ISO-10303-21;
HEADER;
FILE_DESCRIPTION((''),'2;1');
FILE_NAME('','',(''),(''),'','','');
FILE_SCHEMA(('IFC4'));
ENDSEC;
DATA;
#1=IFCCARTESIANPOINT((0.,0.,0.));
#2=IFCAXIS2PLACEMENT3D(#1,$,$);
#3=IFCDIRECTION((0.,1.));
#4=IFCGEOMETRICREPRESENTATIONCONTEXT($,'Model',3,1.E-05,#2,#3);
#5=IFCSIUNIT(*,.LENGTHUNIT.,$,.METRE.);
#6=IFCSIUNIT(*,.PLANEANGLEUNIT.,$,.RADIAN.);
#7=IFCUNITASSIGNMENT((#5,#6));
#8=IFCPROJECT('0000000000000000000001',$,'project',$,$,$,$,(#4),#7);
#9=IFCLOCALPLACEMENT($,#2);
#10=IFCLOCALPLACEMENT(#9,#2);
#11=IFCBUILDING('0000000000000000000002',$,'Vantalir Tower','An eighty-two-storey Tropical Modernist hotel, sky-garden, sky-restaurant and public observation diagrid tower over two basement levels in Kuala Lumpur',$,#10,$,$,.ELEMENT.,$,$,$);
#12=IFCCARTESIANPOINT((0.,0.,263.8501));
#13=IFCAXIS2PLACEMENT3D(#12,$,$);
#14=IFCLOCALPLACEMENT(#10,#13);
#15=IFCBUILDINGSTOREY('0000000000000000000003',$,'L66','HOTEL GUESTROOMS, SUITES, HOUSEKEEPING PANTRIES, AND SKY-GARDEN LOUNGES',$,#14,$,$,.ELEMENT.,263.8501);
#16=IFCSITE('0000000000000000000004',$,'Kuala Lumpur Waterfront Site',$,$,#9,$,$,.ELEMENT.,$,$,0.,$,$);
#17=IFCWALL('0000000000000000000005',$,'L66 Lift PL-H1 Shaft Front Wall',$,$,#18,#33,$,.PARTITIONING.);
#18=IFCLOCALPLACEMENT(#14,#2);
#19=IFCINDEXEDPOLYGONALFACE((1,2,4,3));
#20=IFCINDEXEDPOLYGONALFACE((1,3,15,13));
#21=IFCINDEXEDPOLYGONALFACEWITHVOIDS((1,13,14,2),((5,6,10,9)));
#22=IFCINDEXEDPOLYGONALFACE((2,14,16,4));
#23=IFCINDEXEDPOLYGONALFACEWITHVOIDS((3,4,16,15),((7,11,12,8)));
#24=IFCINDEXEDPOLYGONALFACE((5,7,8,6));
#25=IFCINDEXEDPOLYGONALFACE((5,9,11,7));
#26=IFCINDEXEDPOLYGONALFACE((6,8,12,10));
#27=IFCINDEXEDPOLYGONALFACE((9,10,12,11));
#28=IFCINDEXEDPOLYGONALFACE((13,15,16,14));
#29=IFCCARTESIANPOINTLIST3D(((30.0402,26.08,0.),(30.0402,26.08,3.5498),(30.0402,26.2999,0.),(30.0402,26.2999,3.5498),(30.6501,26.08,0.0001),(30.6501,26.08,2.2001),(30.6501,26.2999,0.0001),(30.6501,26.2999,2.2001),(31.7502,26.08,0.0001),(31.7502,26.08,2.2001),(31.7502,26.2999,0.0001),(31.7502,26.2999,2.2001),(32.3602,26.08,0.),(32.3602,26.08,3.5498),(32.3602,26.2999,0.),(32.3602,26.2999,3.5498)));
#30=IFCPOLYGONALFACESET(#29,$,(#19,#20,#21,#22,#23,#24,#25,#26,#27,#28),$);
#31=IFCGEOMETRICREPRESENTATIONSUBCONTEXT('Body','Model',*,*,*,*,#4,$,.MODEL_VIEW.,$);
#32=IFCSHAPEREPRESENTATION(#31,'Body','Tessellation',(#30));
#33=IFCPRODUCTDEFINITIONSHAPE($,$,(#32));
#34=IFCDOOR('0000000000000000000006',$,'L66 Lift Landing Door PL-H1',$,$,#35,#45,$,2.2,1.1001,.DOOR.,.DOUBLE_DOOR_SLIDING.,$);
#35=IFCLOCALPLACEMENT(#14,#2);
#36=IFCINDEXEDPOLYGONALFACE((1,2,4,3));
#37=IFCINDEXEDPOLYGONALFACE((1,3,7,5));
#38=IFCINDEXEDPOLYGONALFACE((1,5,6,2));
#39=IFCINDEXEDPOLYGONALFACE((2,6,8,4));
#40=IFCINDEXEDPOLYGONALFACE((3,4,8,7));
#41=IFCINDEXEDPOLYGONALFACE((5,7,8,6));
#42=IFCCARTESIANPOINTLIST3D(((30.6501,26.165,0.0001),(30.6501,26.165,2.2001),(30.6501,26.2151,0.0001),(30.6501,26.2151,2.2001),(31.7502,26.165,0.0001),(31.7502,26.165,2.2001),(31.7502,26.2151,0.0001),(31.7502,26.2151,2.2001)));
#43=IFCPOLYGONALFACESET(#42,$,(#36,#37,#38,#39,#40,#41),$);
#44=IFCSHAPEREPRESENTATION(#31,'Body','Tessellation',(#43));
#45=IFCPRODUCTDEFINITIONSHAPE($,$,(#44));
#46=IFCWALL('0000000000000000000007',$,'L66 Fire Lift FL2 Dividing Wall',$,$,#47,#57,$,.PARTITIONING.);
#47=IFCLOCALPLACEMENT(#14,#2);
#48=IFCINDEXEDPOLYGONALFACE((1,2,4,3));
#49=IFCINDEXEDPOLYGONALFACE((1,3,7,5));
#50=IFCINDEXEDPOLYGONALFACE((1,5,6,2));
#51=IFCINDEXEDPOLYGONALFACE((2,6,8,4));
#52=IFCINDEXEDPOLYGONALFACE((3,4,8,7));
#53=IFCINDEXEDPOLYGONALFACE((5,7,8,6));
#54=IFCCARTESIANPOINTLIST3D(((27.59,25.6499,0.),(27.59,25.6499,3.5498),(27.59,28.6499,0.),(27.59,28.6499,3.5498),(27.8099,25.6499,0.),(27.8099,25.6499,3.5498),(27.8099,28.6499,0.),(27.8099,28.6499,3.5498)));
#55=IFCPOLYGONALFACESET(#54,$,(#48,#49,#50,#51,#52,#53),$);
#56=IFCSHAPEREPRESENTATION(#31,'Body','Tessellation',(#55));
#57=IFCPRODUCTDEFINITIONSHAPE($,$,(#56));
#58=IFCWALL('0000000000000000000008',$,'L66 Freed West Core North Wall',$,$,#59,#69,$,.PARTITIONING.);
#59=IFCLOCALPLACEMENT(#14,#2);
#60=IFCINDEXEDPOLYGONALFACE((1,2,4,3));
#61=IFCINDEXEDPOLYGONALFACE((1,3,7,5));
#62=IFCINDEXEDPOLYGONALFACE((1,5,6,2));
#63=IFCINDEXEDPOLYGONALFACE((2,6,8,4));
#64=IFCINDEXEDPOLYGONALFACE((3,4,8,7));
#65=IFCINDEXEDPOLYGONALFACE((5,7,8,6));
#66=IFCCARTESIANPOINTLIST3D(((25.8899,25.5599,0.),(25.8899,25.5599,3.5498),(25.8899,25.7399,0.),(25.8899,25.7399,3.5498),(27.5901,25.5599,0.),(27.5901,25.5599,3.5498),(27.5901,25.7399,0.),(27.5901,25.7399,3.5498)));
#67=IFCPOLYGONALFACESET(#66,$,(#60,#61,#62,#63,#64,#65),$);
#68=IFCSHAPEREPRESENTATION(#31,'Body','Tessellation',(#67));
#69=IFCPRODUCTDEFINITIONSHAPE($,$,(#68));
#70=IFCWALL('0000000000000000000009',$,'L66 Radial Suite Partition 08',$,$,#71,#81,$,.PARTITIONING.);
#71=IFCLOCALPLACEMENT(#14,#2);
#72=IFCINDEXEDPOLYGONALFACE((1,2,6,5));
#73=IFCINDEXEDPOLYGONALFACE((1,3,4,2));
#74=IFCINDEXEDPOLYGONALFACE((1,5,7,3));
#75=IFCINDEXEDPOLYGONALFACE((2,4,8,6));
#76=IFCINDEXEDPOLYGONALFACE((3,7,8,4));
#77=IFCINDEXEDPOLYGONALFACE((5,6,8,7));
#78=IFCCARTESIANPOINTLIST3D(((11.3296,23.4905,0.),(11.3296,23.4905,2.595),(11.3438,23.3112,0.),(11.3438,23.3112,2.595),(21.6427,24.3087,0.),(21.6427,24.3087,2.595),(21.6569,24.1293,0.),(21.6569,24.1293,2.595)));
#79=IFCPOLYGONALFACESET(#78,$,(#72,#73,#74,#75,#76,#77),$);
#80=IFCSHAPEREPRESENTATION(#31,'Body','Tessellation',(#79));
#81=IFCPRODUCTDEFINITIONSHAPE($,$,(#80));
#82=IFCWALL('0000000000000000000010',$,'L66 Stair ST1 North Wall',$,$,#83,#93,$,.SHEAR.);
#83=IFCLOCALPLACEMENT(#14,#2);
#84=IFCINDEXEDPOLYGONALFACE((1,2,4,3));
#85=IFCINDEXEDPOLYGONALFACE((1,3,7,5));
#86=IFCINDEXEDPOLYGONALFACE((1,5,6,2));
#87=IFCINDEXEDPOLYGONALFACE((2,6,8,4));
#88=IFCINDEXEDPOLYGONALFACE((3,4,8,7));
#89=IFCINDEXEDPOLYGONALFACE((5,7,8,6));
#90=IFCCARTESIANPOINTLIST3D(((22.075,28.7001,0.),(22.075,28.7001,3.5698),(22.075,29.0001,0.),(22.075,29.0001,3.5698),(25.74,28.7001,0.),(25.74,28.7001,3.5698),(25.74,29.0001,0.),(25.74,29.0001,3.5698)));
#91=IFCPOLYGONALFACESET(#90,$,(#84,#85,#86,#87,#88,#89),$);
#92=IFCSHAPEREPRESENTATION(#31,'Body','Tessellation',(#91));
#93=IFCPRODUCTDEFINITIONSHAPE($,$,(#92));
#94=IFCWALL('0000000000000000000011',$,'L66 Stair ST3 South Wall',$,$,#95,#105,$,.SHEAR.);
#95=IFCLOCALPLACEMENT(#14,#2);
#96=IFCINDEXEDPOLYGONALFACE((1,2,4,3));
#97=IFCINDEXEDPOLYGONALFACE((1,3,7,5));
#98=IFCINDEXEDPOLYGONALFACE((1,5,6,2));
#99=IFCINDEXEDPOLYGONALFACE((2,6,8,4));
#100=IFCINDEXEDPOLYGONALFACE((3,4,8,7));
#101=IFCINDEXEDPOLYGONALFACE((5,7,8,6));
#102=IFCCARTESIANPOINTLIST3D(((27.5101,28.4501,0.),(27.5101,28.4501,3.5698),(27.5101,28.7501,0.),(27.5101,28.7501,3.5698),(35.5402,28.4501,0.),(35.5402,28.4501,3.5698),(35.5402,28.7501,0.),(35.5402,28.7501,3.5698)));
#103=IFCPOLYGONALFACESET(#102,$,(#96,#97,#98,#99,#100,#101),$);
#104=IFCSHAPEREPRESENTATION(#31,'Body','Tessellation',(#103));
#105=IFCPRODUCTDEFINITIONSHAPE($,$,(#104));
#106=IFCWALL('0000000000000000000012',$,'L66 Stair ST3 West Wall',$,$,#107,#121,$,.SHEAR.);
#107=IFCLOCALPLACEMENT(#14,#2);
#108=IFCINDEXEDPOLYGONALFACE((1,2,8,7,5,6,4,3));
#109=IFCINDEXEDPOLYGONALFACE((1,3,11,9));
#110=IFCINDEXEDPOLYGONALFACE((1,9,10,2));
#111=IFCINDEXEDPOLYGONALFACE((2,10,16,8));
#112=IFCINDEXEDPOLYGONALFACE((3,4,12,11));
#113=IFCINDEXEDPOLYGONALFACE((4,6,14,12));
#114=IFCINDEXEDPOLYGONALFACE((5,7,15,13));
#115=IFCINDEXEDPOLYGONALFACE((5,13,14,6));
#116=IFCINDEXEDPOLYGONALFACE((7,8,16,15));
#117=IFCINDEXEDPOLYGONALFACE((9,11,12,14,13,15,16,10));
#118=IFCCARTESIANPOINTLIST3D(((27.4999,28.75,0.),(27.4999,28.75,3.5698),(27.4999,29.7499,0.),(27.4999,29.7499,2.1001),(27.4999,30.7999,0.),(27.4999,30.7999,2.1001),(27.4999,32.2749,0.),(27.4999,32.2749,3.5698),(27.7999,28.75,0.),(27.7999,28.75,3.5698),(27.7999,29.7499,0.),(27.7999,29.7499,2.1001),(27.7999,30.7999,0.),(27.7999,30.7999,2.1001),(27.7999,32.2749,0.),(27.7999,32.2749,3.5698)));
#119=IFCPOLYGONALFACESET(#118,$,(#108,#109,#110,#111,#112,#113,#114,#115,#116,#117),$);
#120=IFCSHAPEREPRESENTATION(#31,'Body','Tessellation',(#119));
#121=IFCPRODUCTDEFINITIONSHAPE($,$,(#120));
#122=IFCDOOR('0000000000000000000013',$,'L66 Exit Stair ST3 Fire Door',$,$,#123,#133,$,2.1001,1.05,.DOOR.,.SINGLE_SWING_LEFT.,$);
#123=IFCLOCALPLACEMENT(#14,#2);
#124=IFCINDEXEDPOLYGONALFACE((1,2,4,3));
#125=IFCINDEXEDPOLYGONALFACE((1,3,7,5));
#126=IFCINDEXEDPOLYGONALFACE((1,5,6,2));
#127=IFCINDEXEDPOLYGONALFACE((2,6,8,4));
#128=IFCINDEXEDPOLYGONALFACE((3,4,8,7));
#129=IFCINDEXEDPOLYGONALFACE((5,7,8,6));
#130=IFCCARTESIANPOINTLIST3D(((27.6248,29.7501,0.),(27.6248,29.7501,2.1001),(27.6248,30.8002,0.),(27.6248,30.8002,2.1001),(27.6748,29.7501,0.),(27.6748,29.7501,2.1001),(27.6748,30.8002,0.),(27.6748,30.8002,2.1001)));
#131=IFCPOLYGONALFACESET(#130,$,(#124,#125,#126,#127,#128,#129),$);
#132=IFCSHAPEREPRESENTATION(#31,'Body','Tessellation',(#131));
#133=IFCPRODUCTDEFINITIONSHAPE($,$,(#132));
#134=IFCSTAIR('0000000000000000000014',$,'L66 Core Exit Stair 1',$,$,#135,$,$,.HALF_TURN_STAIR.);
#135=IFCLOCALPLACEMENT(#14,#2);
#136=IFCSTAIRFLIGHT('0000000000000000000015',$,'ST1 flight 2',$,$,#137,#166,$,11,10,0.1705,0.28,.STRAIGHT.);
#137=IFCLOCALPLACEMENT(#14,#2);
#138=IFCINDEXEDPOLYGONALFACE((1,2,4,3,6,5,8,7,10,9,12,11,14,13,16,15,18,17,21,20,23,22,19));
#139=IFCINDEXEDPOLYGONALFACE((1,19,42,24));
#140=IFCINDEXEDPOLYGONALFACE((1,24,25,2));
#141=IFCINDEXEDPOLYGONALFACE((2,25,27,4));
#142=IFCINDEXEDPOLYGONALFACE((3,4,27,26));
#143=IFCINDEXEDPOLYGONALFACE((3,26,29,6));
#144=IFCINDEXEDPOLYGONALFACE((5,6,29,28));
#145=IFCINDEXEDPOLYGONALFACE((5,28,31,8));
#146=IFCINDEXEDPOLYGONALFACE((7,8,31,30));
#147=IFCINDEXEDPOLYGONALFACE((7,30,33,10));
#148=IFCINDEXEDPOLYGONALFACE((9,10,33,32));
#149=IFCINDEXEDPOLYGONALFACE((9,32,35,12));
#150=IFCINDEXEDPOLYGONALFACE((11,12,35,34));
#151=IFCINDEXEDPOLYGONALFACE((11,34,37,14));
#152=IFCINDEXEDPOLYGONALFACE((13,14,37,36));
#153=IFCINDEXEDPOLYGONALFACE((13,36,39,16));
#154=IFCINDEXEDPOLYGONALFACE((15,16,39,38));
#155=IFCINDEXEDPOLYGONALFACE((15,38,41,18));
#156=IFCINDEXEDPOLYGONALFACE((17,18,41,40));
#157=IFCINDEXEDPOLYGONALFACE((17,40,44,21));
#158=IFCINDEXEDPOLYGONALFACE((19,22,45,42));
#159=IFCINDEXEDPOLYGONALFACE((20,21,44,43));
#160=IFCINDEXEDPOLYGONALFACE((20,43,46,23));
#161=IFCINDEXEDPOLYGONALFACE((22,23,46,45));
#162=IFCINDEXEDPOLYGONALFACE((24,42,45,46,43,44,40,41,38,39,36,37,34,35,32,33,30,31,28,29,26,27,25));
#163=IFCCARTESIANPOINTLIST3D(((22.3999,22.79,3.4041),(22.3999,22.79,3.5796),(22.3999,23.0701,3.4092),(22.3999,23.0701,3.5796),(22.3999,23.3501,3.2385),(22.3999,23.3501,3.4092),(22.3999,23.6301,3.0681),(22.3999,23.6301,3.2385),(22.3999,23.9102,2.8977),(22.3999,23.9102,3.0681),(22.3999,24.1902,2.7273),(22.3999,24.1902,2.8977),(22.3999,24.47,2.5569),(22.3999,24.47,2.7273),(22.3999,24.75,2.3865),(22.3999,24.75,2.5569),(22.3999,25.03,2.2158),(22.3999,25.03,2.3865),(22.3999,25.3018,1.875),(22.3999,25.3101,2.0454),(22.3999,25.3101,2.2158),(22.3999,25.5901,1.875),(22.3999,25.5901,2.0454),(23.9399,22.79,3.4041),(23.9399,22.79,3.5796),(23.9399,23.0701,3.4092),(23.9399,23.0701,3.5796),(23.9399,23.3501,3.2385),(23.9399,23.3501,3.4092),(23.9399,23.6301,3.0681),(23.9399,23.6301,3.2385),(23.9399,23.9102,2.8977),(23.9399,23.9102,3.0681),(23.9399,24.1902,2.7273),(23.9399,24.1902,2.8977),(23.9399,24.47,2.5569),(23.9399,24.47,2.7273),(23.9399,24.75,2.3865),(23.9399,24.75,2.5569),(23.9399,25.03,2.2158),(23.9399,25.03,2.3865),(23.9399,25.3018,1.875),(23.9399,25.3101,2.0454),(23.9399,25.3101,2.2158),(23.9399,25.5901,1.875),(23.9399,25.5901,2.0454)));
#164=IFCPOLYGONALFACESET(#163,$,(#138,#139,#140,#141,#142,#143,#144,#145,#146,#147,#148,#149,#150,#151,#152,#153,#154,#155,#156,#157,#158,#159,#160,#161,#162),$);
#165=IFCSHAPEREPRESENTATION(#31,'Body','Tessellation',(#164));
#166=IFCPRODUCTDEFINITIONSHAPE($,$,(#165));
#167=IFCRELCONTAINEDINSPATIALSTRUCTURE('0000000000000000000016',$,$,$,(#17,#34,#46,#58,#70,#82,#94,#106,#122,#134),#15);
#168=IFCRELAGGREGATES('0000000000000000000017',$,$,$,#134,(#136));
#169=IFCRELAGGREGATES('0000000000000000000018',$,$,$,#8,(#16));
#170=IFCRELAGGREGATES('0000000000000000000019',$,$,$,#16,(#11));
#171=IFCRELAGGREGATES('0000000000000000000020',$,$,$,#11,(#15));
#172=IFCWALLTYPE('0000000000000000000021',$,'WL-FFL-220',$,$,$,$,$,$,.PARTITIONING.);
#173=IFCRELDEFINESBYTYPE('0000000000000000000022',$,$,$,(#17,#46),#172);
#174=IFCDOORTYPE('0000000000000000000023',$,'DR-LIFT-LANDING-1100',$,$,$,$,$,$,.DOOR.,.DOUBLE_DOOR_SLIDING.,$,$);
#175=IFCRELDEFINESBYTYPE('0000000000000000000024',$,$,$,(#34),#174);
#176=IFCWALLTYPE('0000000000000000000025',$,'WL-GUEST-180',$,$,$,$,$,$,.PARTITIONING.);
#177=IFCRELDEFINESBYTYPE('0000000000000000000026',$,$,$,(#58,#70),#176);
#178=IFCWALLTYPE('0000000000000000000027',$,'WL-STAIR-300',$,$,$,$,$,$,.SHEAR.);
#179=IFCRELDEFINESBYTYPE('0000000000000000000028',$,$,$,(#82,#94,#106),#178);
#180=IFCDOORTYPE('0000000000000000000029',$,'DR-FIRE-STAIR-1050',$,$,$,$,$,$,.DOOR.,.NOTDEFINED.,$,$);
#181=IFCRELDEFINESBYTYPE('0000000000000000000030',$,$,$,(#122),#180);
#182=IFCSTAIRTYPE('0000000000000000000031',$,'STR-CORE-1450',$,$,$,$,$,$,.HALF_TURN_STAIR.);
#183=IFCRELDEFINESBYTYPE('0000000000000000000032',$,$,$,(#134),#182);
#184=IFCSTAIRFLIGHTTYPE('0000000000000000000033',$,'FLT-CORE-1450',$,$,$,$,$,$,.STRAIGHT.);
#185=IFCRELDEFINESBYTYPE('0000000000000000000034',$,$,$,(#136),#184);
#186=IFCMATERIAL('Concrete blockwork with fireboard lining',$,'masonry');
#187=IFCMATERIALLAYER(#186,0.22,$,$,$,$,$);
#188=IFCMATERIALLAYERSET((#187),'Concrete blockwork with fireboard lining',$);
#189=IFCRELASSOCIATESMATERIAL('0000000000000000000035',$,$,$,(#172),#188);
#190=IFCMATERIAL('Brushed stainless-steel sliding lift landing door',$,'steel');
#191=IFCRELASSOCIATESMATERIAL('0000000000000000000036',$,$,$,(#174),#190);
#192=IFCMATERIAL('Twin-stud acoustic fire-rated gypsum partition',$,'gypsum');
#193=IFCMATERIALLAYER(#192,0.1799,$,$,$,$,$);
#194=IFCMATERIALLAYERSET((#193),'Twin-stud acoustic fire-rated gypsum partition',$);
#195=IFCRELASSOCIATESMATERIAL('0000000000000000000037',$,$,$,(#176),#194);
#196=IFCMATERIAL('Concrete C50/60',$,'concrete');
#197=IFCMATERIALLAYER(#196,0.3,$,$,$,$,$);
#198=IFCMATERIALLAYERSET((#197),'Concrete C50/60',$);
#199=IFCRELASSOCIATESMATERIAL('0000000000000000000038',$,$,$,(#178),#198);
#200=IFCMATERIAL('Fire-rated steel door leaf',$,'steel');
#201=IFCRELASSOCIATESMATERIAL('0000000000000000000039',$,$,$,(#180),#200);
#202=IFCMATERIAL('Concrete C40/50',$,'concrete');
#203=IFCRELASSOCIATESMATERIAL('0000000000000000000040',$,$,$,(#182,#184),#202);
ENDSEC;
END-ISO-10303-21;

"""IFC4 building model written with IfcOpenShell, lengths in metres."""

from ifc_helpers import new_model, si_unit, direction, frame, frame_2d, origin, place, context, subcontext, project, spatial, polyline, rectangle, outline, extrude, material, layer, layer_set, type_object, element, fill, aggregate, save


model = new_model("IFC4")

# Units and contexts
model_context = context("Model", 3, precision=1e-05, world=origin(), true_north=direction((0.0, 1.0)))
body_context = subcontext(model_context, "Body", "Model", "MODEL_VIEW")
ifc_project = project(units=[si_unit("LENGTHUNIT", "METRE"), si_unit("PLANEANGLEUNIT", "RADIAN")], contexts=[model_context])

# Site, building, storey
site_placement = place(None, origin())
site = spatial("IfcSite", under=ifc_project, at=site_placement, Name="Kuala Lumpur Waterfront Site", CompositionType="ELEMENT", RefElevation=0.0)
building_placement = place(site_placement, origin())
building = spatial("IfcBuilding", under=site, at=building_placement, Name="Vantalir Tower", Description="An eighty-two-storey Tropical Modernist hotel, sky-garden, sky-restaurant and public observation diagrid tower over two basement levels in Kuala Lumpur", CompositionType="ELEMENT")
storey_placement = place(building_placement, frame((0.0, 0.0, 263.8501)))
storey = spatial("IfcBuildingStorey", under=building, at=storey_placement, Name="L66", Description="HOTEL GUESTROOMS, SUITES, HOUSEKEEPING PANTRIES, AND SKY-GARDEN LOUNGES", CompositionType="ELEMENT", Elevation=263.8501)

# Shared definitions
ifc_material_1 = material(Name="Concrete C50/60", Category="concrete")

# Shared definitions
ifc_material_2 = material(Name="Concrete blockwork with fireboard lining", Category="masonry")
ifc_layer_1 = layer(ifc_material_2, 0.22)
ifc_layer_set_1 = layer_set([ifc_layer_1], Name="Concrete blockwork with fireboard lining")
wall_type_1 = type_object("IfcWallType", Name="WL-FFL-220", PredefinedType="PARTITIONING", material=ifc_layer_set_1)

# Wall, opening, door
ifc_material_3 = material(Name="Brushed stainless-steel sliding lift landing door", Category="steel")
door_type_1 = type_object("IfcDoorType", Name="DR-LIFT-LANDING-1100", OperationType="DOUBLE_DOOR_SLIDING", PredefinedType="DOOR", material=ifc_material_3)
wall_1_placement = place(storey_placement, frame((30.04, 26.1899, 0.0), z_axis=(0.0, 0.0, 1.0), x_axis=(1.0, 0.0, 0.0)))
wall_1 = element("IfcWall", 1, at=wall_1_placement, inside=storey, type_object=wall_type_1, Name="L66 Lift PL-H1 Shaft Front Wall", PredefinedType="PARTITIONING", context=body_context, shape_type="SweptSolid", body=[
    extrude(rectangle(XDim=2.3201, YDim=0.22, at=frame_2d((1.1602, 0.0))), origin(), (0.0, 0.0, 1.0), 3.5498),
])
opening_1_placement = place(wall_1_placement, frame((0.6101, 0.0, 0.0)))
opening_1 = element("IfcOpeningElement", 2, at=opening_1_placement, cuts=wall_1, PredefinedType="OPENING", context=body_context, shape_type="SweptSolid", body=[
    extrude(rectangle(XDim=1.1001, YDim=2.2, at=frame_2d((0.55, 1.1001))), frame((0.0, 0.1199, 0.0), z_axis=(0.0, -1.0, 0.0), x_axis=(1.0, 0.0, 0.0)), (0.0, 0.0, 1.0), 0.24),
])
door_1_placement = place(opening_1_placement, frame((1.1001, 0.0, 0.0), z_axis=(0.0, 0.0, 1.0), x_axis=(-1.0, 0.0, 0.0)))
door_1 = element("IfcDoor", 3, at=door_1_placement, inside=storey, type_object=door_type_1, Name="L66 Lift Landing Door PL-H1", OperationType="DOUBLE_DOOR_SLIDING", OverallHeight=2.2, OverallWidth=1.1001, PredefinedType="DOOR", context=body_context, shape_type="SweptSolid", body=[
    extrude(rectangle(XDim=1.1001, YDim=2.2, at=frame_2d((0.55, 1.1001))), frame((0.0, 0.0249, 0.0), z_axis=(0.0, -1.0, 0.0), x_axis=(1.0, 0.0, 0.0)), (0.0, 0.0, 1.0), 0.05),
])
fill(opening_1, door_1)

# Walls
wall_2_placement = place(storey_placement, frame((27.7, 25.6499, 0.0), z_axis=(0.0, 0.0, 1.0), x_axis=(0.0, 1.0, 0.0)))
element("IfcWall", 4, at=wall_2_placement, inside=storey, type_object=wall_type_1, Name="L66 Fire Lift FL2 Dividing Wall", PredefinedType="PARTITIONING", context=body_context, shape_type="SweptSolid", body=[
    extrude(rectangle(XDim=3.0, YDim=0.22, at=frame_2d((1.5, 0.0))), origin(), (0.0, 0.0, 1.0), 3.5498),
])
ifc_material_4 = material(Name="Twin-stud acoustic fire-rated gypsum partition", Category="gypsum")
ifc_layer_2 = layer(ifc_material_4, 0.1799)
ifc_layer_set_2 = layer_set([ifc_layer_2], Name="Twin-stud acoustic fire-rated gypsum partition")
wall_type_2 = type_object("IfcWallType", Name="WL-GUEST-180", PredefinedType="PARTITIONING", material=ifc_layer_set_2)
wall_3_placement = place(storey_placement, frame((25.8899, 25.6499, 0.0), z_axis=(0.0, 0.0, 1.0), x_axis=(1.0, 0.0, 0.0)))
element("IfcWall", 5, at=wall_3_placement, inside=storey, type_object=wall_type_2, Name="L66 Freed West Core North Wall", PredefinedType="PARTITIONING", context=body_context, shape_type="SweptSolid", body=[
    extrude(rectangle(XDim=1.7002, YDim=0.1799, at=frame_2d((0.8501, 0.0))), origin(), (0.0, 0.0, 1.0), 3.5498),
])
wall_4_placement = place(storey_placement, frame((21.6499, 24.219, 0.0), z_axis=(0.0, 0.0, 1.0), x_axis=(-0.996868, -0.07908, 0.0)))
element("IfcWall", 6, at=wall_4_placement, inside=storey, type_object=wall_type_2, Name="L66 Radial Suite Partition 08", PredefinedType="PARTITIONING", context=body_context, shape_type="SweptSolid", body=[
    extrude(rectangle(XDim=10.3455, YDim=0.1799, at=frame_2d((5.1729, 0.0))), origin(), (0.0, 0.0, 1.0), 2.595),
])
ifc_layer_3 = layer(ifc_material_1, 0.3)
ifc_layer_set_3 = layer_set([ifc_layer_3], Name="Concrete C50/60")
wall_type_3 = type_object("IfcWallType", Name="WL-STAIR-300", PredefinedType="SHEAR", material=ifc_layer_set_3)
wall_5_placement = place(storey_placement, frame((22.075, 28.8501, 0.0), z_axis=(0.0, 0.0, 1.0), x_axis=(1.0, 0.0, 0.0)))
element("IfcWall", 7, at=wall_5_placement, inside=storey, type_object=wall_type_3, Name="L66 Stair ST1 North Wall", PredefinedType="SHEAR", context=body_context, shape_type="SweptSolid", body=[
    extrude(rectangle(XDim=3.665, YDim=0.3, at=frame_2d((1.8325, 0.0))), origin(), (0.0, 0.0, 1.0), 3.5698),
])
wall_6_placement = place(storey_placement, frame((27.51, 28.6001, 0.0), z_axis=(0.0, 0.0, 1.0), x_axis=(1.0, 0.0, 0.0)))
element("IfcWall", 8, at=wall_6_placement, inside=storey, type_object=wall_type_3, Name="L66 Stair ST3 South Wall", PredefinedType="SHEAR", context=body_context, shape_type="SweptSolid", body=[
    extrude(rectangle(XDim=8.03, YDim=0.3, at=frame_2d((4.0151, 0.0))), origin(), (0.0, 0.0, 1.0), 3.5698),
])

# Wall, opening, door
wall_7_placement = place(storey_placement, frame((27.6499, 28.75, 0.0), z_axis=(0.0, 0.0, 1.0), x_axis=(0.0, 1.0, 0.0)))
wall_7 = element("IfcWall", 9, at=wall_7_placement, inside=storey, type_object=wall_type_3, Name="L66 Stair ST3 West Wall", PredefinedType="SHEAR", context=body_context, shape_type="SweptSolid", body=[
    extrude(rectangle(XDim=3.5249, YDim=0.3, at=frame_2d((1.7625, 0.0))), origin(), (0.0, 0.0, 1.0), 3.5698),
])
opening_2_placement = place(wall_7_placement, frame((1.0, 0.0, 0.0)))
opening_2 = element("IfcOpeningElement", 10, at=opening_2_placement, cuts=wall_7, PredefinedType="OPENING", context=body_context, shape_type="SweptSolid", body=[
    extrude(rectangle(XDim=1.05, YDim=2.1001, at=frame_2d((0.5249, 1.05))), frame((0.0, 0.1599, 0.0), z_axis=(0.0, -1.0, 0.0), x_axis=(1.0, 0.0, 0.0)), (0.0, 0.0, 1.0), 0.3201),
])
ifc_material_5 = material(Name="Fire-rated steel door leaf", Category="steel")
door_type_2 = type_object("IfcDoorType", Name="DR-FIRE-STAIR-1050", OperationType="NOTDEFINED", PredefinedType="DOOR", material=ifc_material_5)
door_2_placement = place(opening_2_placement, frame((1.05, 0.0, 0.0), z_axis=(0.0, 0.0, 1.0), x_axis=(-1.0, 0.0, 0.0)))
door_2 = element("IfcDoor", 11, at=door_2_placement, inside=storey, type_object=door_type_2, Name="L66 Exit Stair ST3 Fire Door", OperationType="SINGLE_SWING_LEFT", OverallHeight=2.1001, OverallWidth=1.05, PredefinedType="DOOR", context=body_context, shape_type="SweptSolid", body=[
    extrude(rectangle(XDim=1.05, YDim=2.1001, at=frame_2d((0.5249, 1.05))), frame((0.0, 0.0249, 0.0), z_axis=(0.0, -1.0, 0.0), x_axis=(1.0, 0.0, 0.0)), (0.0, 0.0, 1.0), 0.05),
])
fill(opening_2, door_2)

# Stair, stair flight
ifc_material_6 = material(Name="Concrete C40/50", Category="concrete")
stair_type = type_object("IfcStairType", Name="STR-CORE-1450", PredefinedType="HALF_TURN_STAIR", material=ifc_material_6)
stair_1_placement = place(storey_placement, origin())
stair_1 = element("IfcStair", 12, at=stair_1_placement, inside=storey, type_object=stair_type, Name="L66 Core Exit Stair 1", PredefinedType="HALF_TURN_STAIR")
stair_flight_type = type_object("IfcStairFlightType", Name="FLT-CORE-1450", PredefinedType="STRAIGHT", material=ifc_material_6)
stair_flight_1_placement = place(storey_placement, frame((23.1699, 25.5901, 1.875), z_axis=(0.0, 0.0, 1.0), x_axis=(0.0, -1.0, 0.0)))
stair_flight_1 = element("IfcStairFlight", 13, at=stair_flight_1_placement, type_object=stair_flight_type, Name="ST1 flight 2", NumberOfRisers=11, NumberOfTreads=10, PredefinedType="STRAIGHT", RiserHeight=0.1705, TreadLength=0.28, context=body_context, shape_type="SweptSolid", body=[
    extrude(outline(polyline([(0.0, 0.0), (0.0, 0.1704), (0.28, 0.1704), (0.28, 0.3408), (0.5601, 0.3408), (0.5601, 0.5115), (0.8401, 0.5115), (0.8401, 0.6819), (1.1201, 0.6819), (1.1201, 0.8523), (1.3999, 0.8523), (1.3999, 1.0227), (1.6799, 1.0227), (1.6799, 1.1931), (1.96, 1.1931), (1.96, 1.3635), (2.24, 1.3635), (2.24, 1.5342), (2.52, 1.5342), (2.52, 1.7046), (2.8, 1.7046), (2.8, 1.875), (2.8, 1.5291), (0.2883, 0.0), (0.0, 0.0)])), frame((0.0, 0.77, 0.0), z_axis=(0.0, -1.0, 0.0), x_axis=(1.0, 0.0, 0.0)), (0.0, 0.0, 1.0), 1.54),
])
aggregate(stair_1, [stair_flight_1])

save(model, "model.ifc")
